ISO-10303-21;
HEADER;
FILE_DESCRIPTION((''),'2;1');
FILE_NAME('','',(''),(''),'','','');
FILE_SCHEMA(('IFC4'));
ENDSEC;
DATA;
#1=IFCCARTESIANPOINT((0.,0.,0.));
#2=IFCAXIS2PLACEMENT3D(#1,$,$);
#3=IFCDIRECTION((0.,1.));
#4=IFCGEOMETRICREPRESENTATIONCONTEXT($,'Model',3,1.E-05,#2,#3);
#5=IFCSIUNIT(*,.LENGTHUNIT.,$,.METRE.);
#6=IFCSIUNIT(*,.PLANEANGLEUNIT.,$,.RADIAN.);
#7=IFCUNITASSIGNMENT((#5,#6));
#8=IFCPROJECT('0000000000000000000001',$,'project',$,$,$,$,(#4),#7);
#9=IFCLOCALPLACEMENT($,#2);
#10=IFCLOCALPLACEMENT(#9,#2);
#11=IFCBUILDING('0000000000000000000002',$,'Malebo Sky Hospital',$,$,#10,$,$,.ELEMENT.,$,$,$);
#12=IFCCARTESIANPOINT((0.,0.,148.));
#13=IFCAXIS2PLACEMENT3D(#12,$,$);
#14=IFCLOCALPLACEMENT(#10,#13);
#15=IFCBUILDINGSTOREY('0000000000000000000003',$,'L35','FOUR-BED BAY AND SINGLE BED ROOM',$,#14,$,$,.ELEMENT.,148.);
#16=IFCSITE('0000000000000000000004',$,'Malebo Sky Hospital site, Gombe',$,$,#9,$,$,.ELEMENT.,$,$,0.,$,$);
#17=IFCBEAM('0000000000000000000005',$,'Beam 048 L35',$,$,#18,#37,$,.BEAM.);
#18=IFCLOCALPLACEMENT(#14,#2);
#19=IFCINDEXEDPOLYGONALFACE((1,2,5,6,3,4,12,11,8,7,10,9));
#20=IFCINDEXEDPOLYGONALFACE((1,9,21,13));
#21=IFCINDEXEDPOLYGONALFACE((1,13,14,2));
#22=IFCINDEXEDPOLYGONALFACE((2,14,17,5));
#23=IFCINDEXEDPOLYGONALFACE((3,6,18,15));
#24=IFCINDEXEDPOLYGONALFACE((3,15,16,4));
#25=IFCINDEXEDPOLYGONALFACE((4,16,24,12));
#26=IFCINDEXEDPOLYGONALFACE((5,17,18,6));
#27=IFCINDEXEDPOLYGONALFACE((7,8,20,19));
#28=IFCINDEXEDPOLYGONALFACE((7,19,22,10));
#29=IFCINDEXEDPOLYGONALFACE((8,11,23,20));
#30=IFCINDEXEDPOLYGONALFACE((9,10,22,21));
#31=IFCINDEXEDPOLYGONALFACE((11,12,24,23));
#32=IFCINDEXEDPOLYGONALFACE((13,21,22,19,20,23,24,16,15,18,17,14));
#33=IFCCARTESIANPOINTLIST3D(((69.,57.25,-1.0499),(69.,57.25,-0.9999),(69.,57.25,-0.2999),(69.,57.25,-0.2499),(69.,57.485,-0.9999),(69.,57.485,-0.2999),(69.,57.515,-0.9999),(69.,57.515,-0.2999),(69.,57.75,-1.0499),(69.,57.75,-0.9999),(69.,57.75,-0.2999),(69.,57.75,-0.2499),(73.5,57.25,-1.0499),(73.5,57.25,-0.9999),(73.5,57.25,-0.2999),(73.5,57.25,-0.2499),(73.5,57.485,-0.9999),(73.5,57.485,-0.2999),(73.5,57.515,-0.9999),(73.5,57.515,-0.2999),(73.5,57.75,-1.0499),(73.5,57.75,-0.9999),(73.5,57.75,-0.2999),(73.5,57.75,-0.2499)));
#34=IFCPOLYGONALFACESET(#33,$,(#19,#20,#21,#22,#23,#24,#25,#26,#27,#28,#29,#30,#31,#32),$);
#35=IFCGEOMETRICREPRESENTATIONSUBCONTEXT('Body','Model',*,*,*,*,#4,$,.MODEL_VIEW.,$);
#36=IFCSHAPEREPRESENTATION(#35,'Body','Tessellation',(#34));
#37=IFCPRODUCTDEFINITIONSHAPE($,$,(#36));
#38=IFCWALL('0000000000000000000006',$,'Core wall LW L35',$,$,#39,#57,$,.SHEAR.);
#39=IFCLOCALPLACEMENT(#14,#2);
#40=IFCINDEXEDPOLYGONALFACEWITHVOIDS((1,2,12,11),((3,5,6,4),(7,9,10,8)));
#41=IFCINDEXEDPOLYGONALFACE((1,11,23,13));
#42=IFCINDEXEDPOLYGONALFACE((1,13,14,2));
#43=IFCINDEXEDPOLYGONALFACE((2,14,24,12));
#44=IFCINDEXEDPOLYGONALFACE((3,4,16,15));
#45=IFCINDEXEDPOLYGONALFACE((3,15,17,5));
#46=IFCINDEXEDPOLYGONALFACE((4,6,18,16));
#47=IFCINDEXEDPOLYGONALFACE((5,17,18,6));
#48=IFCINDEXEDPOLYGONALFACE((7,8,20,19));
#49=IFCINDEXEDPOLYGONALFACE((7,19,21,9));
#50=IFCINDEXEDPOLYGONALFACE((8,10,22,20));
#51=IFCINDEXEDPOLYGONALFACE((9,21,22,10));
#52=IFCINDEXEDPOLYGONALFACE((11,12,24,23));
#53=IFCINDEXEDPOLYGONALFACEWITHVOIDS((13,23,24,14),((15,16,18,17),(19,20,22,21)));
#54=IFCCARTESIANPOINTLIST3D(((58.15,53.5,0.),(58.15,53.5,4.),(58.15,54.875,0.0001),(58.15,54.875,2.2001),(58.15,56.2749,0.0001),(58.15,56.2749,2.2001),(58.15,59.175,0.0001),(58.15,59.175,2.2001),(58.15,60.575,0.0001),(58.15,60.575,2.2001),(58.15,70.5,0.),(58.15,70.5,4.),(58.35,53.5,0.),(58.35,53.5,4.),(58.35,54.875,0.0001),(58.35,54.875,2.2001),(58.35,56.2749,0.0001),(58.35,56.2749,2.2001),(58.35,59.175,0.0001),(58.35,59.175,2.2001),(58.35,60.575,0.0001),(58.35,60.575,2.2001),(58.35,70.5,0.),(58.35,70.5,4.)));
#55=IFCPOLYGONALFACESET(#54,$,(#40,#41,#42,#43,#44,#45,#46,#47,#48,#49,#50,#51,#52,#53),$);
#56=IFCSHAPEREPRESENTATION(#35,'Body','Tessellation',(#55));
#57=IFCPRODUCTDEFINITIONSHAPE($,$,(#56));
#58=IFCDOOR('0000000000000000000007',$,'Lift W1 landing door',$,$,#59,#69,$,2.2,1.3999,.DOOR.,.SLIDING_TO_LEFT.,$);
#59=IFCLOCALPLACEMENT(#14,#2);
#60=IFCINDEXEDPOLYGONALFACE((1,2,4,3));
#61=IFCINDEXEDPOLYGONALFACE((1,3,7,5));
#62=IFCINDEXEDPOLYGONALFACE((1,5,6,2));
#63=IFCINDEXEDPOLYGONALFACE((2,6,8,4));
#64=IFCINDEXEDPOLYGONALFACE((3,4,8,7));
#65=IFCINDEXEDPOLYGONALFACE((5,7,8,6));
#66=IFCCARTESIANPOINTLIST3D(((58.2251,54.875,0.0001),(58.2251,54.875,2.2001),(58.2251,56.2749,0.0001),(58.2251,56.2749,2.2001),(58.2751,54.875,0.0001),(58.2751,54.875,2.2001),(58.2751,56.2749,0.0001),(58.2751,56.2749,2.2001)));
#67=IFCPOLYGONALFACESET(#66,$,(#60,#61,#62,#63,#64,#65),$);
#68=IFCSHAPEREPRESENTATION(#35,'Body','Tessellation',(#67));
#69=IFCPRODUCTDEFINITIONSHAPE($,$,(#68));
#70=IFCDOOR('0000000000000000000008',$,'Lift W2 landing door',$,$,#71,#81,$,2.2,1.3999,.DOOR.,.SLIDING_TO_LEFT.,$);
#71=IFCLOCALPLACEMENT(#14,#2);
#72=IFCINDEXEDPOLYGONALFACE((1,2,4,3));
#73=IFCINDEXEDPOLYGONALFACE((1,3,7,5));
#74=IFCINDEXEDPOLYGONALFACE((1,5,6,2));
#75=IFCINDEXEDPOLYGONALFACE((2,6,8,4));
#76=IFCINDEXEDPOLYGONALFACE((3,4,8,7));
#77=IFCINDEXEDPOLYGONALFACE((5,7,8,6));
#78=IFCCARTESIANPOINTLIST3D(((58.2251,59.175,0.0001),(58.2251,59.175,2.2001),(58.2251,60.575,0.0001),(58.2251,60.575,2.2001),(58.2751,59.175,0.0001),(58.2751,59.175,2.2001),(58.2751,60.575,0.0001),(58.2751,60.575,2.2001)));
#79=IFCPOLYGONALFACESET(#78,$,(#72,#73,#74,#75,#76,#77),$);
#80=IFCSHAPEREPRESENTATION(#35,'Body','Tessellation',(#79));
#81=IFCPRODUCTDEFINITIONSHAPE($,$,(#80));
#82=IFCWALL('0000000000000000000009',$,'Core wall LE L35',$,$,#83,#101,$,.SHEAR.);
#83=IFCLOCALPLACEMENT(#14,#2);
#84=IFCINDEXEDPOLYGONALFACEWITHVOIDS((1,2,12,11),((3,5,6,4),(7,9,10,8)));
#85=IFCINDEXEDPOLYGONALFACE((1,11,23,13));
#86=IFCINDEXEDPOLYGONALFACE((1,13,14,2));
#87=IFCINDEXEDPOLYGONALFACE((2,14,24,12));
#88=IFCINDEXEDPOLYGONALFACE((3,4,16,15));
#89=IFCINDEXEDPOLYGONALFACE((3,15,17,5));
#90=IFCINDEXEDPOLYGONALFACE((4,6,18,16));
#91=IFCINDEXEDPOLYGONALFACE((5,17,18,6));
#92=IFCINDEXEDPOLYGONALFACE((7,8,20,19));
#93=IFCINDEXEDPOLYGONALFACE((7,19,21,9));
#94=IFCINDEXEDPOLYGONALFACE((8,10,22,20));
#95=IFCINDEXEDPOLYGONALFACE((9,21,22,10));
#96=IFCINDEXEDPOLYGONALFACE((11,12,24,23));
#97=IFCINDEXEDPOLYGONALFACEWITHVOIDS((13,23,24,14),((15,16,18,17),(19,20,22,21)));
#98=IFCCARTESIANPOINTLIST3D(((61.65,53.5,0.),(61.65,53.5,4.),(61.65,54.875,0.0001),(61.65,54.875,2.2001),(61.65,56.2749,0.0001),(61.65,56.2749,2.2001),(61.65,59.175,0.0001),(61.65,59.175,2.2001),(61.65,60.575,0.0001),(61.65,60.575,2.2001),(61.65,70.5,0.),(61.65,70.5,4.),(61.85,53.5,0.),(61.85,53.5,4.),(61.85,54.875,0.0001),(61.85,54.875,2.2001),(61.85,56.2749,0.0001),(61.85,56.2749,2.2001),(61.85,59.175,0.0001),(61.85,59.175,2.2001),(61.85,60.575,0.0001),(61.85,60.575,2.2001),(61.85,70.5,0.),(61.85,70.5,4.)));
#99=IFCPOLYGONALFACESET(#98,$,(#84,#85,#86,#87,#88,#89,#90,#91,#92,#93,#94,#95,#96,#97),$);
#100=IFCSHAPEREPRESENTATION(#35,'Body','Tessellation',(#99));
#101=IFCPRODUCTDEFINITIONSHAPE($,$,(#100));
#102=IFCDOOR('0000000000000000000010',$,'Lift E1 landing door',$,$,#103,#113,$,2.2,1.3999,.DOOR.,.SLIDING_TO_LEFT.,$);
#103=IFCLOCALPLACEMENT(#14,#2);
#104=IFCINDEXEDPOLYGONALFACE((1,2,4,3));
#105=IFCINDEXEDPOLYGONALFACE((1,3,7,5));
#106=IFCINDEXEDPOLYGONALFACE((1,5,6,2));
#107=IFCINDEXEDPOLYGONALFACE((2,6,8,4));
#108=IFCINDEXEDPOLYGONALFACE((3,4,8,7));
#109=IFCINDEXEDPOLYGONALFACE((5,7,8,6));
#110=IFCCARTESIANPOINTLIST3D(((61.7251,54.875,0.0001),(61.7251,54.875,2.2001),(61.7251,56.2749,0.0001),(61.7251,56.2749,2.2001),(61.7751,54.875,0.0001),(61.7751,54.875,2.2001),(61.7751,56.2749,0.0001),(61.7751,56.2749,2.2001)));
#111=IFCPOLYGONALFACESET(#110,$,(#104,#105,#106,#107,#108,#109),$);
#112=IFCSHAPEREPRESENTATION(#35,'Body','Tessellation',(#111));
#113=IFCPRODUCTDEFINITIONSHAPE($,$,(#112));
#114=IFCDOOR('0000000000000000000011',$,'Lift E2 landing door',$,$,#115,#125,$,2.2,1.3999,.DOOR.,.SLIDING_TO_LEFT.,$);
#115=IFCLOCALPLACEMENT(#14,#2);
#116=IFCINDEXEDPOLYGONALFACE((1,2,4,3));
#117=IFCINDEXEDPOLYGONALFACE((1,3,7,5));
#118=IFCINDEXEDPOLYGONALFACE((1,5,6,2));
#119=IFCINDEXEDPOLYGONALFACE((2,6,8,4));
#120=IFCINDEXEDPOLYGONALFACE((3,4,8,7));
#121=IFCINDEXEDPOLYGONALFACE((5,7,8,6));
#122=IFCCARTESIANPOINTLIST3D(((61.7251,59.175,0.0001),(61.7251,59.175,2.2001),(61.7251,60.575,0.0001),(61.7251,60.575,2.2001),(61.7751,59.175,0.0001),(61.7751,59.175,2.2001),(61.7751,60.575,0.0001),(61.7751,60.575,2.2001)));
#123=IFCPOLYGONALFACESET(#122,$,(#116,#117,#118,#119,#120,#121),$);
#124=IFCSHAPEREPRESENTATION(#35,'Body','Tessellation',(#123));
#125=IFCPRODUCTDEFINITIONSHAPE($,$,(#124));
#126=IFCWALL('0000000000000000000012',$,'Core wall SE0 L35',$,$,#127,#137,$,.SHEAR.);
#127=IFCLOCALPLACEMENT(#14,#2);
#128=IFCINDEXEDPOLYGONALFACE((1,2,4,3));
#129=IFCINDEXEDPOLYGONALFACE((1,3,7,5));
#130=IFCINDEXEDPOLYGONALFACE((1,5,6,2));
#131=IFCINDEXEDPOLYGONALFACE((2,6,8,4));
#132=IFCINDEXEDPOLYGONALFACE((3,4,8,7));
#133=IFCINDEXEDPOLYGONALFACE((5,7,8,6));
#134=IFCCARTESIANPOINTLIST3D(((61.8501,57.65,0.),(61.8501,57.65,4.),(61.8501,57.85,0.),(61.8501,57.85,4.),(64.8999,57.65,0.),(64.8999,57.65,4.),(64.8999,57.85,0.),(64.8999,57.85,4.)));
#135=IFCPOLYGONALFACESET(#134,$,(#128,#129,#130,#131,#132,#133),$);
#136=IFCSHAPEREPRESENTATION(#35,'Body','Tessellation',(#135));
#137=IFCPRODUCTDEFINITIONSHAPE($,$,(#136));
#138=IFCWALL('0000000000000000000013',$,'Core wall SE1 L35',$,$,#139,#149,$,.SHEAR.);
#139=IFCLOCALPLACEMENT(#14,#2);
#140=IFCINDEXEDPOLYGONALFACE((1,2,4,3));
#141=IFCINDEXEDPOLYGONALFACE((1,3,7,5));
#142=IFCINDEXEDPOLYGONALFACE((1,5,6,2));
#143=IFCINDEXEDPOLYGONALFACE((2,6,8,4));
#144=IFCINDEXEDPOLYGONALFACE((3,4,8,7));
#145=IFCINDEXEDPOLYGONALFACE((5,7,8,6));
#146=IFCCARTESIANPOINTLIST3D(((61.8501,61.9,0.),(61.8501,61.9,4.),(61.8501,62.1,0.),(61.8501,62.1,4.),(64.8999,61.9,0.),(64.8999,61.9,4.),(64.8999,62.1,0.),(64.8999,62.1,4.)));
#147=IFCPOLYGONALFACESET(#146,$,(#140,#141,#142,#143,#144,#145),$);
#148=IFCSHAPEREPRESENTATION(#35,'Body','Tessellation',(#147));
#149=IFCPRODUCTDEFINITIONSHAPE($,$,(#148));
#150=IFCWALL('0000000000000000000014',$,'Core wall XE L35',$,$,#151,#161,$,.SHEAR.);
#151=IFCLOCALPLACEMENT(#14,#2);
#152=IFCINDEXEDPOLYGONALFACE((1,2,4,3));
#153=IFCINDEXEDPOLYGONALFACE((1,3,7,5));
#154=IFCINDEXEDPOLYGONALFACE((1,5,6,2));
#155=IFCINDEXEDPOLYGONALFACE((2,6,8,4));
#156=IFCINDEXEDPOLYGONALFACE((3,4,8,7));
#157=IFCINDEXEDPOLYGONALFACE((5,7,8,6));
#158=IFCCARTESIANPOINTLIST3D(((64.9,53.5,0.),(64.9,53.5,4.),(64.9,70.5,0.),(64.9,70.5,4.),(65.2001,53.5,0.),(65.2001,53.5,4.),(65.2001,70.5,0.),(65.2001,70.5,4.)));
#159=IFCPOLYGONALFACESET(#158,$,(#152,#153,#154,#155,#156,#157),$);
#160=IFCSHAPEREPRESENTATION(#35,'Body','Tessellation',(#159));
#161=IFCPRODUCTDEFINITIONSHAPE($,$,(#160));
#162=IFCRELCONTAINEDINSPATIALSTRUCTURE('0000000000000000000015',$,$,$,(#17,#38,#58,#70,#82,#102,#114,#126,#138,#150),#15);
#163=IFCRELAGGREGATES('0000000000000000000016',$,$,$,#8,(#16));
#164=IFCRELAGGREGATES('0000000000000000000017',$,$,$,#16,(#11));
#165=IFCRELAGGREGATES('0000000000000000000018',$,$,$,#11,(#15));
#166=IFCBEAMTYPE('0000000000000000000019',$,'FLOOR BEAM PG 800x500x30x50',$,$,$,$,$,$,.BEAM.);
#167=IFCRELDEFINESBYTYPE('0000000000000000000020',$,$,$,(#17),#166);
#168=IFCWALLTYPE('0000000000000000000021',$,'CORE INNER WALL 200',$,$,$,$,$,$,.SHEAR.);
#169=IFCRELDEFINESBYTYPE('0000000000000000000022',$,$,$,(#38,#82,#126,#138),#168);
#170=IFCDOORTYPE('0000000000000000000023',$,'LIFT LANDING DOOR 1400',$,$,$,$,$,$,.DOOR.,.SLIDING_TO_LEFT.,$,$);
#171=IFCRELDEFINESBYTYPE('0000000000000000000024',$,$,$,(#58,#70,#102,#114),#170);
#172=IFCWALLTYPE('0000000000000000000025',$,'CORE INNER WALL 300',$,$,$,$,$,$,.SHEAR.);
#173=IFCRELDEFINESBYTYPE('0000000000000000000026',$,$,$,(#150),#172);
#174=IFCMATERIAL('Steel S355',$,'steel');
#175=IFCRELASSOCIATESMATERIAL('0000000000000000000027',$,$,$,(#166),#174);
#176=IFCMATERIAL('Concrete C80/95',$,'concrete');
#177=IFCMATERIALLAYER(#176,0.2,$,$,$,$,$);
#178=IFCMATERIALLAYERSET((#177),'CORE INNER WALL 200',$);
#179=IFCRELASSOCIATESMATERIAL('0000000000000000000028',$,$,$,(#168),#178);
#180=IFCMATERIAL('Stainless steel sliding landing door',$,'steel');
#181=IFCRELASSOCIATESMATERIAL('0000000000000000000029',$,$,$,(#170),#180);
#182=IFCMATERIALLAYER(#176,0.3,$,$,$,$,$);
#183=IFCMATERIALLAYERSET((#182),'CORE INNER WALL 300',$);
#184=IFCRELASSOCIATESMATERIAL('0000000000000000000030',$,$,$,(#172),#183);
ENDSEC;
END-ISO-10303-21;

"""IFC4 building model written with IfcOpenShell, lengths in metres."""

from ifc_helpers import new_model, si_unit, direction, frame, frame_2d, origin, origin_2d, place, context, subcontext, project, spatial, rectangle, i_section, extrude, material, layer, layer_set, material_profile, profile_set, type_object, element, fill, save


model = new_model("IFC4")

# Units and contexts
model_context = context("Model", 3, precision=1e-05, world=origin(), true_north=direction((0.0, 1.0)))
body_context = subcontext(model_context, "Body", "Model", "MODEL_VIEW")
ifc_project = project(units=[si_unit("LENGTHUNIT", "METRE"), si_unit("PLANEANGLEUNIT", "RADIAN")], contexts=[model_context])

# Site, building, storey
site_placement = place(None, origin())
site = spatial("IfcSite", under=ifc_project, at=site_placement, Name="Malebo Sky Hospital site, Gombe", CompositionType="ELEMENT", RefElevation=0.0)
building_placement = place(site_placement, origin())
building = spatial("IfcBuilding", under=site, at=building_placement, Name="Malebo Sky Hospital", CompositionType="ELEMENT")
storey_placement = place(building_placement, frame((0.0, 0.0, 148.0)))
storey = spatial("IfcBuildingStorey", under=building, at=storey_placement, Name="L35", Description="FOUR-BED BAY AND SINGLE BED ROOM", CompositionType="ELEMENT", Elevation=148.0)

# Beam
ifc_material_1 = material(Name="Steel S355", Category="steel")
ifc_material_profile = material_profile(ifc_material_1, i_section(OverallWidth=0.5, OverallDepth=0.8, WebThickness=0.03, FlangeThickness=0.05, at=origin_2d()), Name="PG 800x500x30x50")
ifc_profile_set = profile_set([ifc_material_profile], Name="Steel S355")
beam_type = type_object("IfcBeamType", Name="FLOOR BEAM PG 800x500x30x50", PredefinedType="BEAM", material=ifc_profile_set)
beam_placement = place(storey_placement, frame((69.0, 57.5, -0.6499), z_axis=(1.0, 0.0, 0.0), x_axis=(0.0, 1.0, 0.0)))
element("IfcBeam", 1, at=beam_placement, inside=storey, type_object=beam_type, Name="Beam 048 L35", PredefinedType="BEAM", context=body_context, shape_type="SweptSolid", body=[
    extrude(i_section(OverallWidth=0.5, OverallDepth=0.8, WebThickness=0.03, FlangeThickness=0.05, at=origin_2d()), origin(), (0.0, 0.0, 1.0), 4.5),
])

# Walls, openings, doors
ifc_material_2 = material(Name="Concrete C80/95", Category="concrete")
ifc_layer_1 = layer(ifc_material_2, 0.2)
ifc_layer_set_1 = layer_set([ifc_layer_1], Name="CORE INNER WALL 200")
wall_type_1 = type_object("IfcWallType", Name="CORE INNER WALL 200", PredefinedType="SHEAR", material=ifc_layer_set_1)
wall_1_placement = place(storey_placement, frame((58.25, 53.5, 0.0), z_axis=(0.0, 0.0, 1.0), x_axis=(0.0, 1.0, 0.0)))
wall_1 = element("IfcWall", 2, at=wall_1_placement, inside=storey, type_object=wall_type_1, Name="Core wall LW L35", PredefinedType="SHEAR", context=body_context, shape_type="SweptSolid", body=[
    extrude(rectangle(XDim=17.0, YDim=0.2, at=frame_2d((8.5, 0.0))), origin(), (0.0, 0.0, 1.0), 4.0),
])
opening_1_placement = place(wall_1_placement, frame((1.375, 0.0, 0.0)))
opening_1 = element("IfcOpeningElement", 3, at=opening_1_placement, cuts=wall_1, PredefinedType="OPENING", context=body_context, shape_type="SweptSolid", body=[
    extrude(rectangle(XDim=1.3999, YDim=2.2, at=frame_2d((0.7, 1.1001))), frame((0.0, 0.1099, 0.0), z_axis=(0.0, -1.0, 0.0), x_axis=(1.0, 0.0, 0.0)), (0.0, 0.0, 1.0), 0.22),
])
opening_2_placement = place(wall_1_placement, frame((5.675, 0.0, 0.0)))
opening_2 = element("IfcOpeningElement", 4, at=opening_2_placement, cuts=wall_1, PredefinedType="OPENING", context=body_context, shape_type="SweptSolid", body=[
    extrude(rectangle(XDim=1.3999, YDim=2.2, at=frame_2d((0.7, 1.1001))), frame((0.0, 0.1099, 0.0), z_axis=(0.0, -1.0, 0.0), x_axis=(1.0, 0.0, 0.0)), (0.0, 0.0, 1.0), 0.22),
])
ifc_material_3 = material(Name="Stainless steel sliding landing door", Category="steel")
door_type_1 = type_object("IfcDoorType", Name="LIFT LANDING DOOR 1400", OperationType="SLIDING_TO_LEFT", PredefinedType="DOOR", material=ifc_material_3)
door_1_placement = place(opening_1_placement, origin())
door_1 = element("IfcDoor", 5, at=door_1_placement, inside=storey, type_object=door_type_1, Name="Lift W1 landing door", OperationType="SLIDING_TO_LEFT", OverallHeight=2.2, OverallWidth=1.3999, PredefinedType="DOOR", context=body_context, shape_type="SweptSolid", body=[
    extrude(rectangle(XDim=1.3999, YDim=2.2, at=frame_2d((0.7, 1.1001))), frame((0.0, 0.0249, 0.0), z_axis=(0.0, -1.0, 0.0), x_axis=(1.0, 0.0, 0.0)), (0.0, 0.0, 1.0), 0.05),
])
fill(opening_1, door_1)
door_2_placement = place(opening_2_placement, origin())
door_2 = element("IfcDoor", 6, at=door_2_placement, inside=storey, type_object=door_type_1, Name="Lift W2 landing door", OperationType="SLIDING_TO_LEFT", OverallHeight=2.2, OverallWidth=1.3999, PredefinedType="DOOR", context=body_context, shape_type="SweptSolid", body=[
    extrude(rectangle(XDim=1.3999, YDim=2.2, at=frame_2d((0.7, 1.1001))), frame((0.0, 0.0249, 0.0), z_axis=(0.0, -1.0, 0.0), x_axis=(1.0, 0.0, 0.0)), (0.0, 0.0, 1.0), 0.05),
])
fill(opening_2, door_2)
wall_2_placement = place(storey_placement, frame((61.75, 53.5, 0.0), z_axis=(0.0, 0.0, 1.0), x_axis=(0.0, 1.0, 0.0)))
wall_2 = element("IfcWall", 7, at=wall_2_placement, inside=storey, type_object=wall_type_1, Name="Core wall LE L35", PredefinedType="SHEAR", context=body_context, shape_type="SweptSolid", body=[
    extrude(rectangle(XDim=17.0, YDim=0.2, at=frame_2d((8.5, 0.0))), origin(), (0.0, 0.0, 1.0), 4.0),
])
opening_3_placement = place(wall_2_placement, frame((1.375, 0.0, 0.0)))
opening_3 = element("IfcOpeningElement", 8, at=opening_3_placement, cuts=wall_2, PredefinedType="OPENING", context=body_context, shape_type="SweptSolid", body=[
    extrude(rectangle(XDim=1.3999, YDim=2.2, at=frame_2d((0.7, 1.1001))), frame((0.0, 0.1099, 0.0), z_axis=(0.0, -1.0, 0.0), x_axis=(1.0, 0.0, 0.0)), (0.0, 0.0, 1.0), 0.22),
])
opening_4_placement = place(wall_2_placement, frame((5.675, 0.0, 0.0)))
opening_4 = element("IfcOpeningElement", 9, at=opening_4_placement, cuts=wall_2, PredefinedType="OPENING", context=body_context, shape_type="SweptSolid", body=[
    extrude(rectangle(XDim=1.3999, YDim=2.2, at=frame_2d((0.7, 1.1001))), frame((0.0, 0.1099, 0.0), z_axis=(0.0, -1.0, 0.0), x_axis=(1.0, 0.0, 0.0)), (0.0, 0.0, 1.0), 0.22),
])
door_3_placement = place(opening_3_placement, origin())
door_3 = element("IfcDoor", 10, at=door_3_placement, inside=storey, type_object=door_type_1, Name="Lift E1 landing door", OperationType="SLIDING_TO_LEFT", OverallHeight=2.2, OverallWidth=1.3999, PredefinedType="DOOR", context=body_context, shape_type="SweptSolid", body=[
    extrude(rectangle(XDim=1.3999, YDim=2.2, at=frame_2d((0.7, 1.1001))), frame((0.0, 0.0249, 0.0), z_axis=(0.0, -1.0, 0.0), x_axis=(1.0, 0.0, 0.0)), (0.0, 0.0, 1.0), 0.05),
])
fill(opening_3, door_3)
door_4_placement = place(opening_4_placement, origin())
door_4 = element("IfcDoor", 11, at=door_4_placement, inside=storey, type_object=door_type_1, Name="Lift E2 landing door", OperationType="SLIDING_TO_LEFT", OverallHeight=2.2, OverallWidth=1.3999, PredefinedType="DOOR", context=body_context, shape_type="SweptSolid", body=[
    extrude(rectangle(XDim=1.3999, YDim=2.2, at=frame_2d((0.7, 1.1001))), frame((0.0, 0.0249, 0.0), z_axis=(0.0, -1.0, 0.0), x_axis=(1.0, 0.0, 0.0)), (0.0, 0.0, 1.0), 0.05),
])
fill(opening_4, door_4)

# Walls
for number, where, z_axis, x_axis, name in (
    (12, (61.8501, 57.75, 0.0), (0.0, 0.0, 1.0), (1.0, 0.0, 0.0), "Core wall SE0 L35"),
    (13, (61.8501, 62.0, 0.0), (0.0, 0.0, 1.0), (1.0, 0.0, 0.0), "Core wall SE1 L35"),
):
    element("IfcWall", number, at=place(storey_placement, frame(where, z_axis=z_axis, x_axis=x_axis)), inside=storey, type_object=wall_type_1, Name=name, PredefinedType="SHEAR", context=body_context, shape_type="SweptSolid", body=[
        extrude(rectangle(XDim=3.0498, YDim=0.2, at=frame_2d((1.5249, 0.0))), origin(), (0.0, 0.0, 1.0), 4.0),
    ])
ifc_layer_2 = layer(ifc_material_2, 0.3)
ifc_layer_set_2 = layer_set([ifc_layer_2], Name="CORE INNER WALL 300")
wall_type_2 = type_object("IfcWallType", Name="CORE INNER WALL 300", PredefinedType="SHEAR", material=ifc_layer_set_2)
wall_3_placement = place(storey_placement, frame((65.05, 53.5, 0.0), z_axis=(0.0, 0.0, 1.0), x_axis=(0.0, 1.0, 0.0)))
element("IfcWall", 14, at=wall_3_placement, inside=storey, type_object=wall_type_2, Name="Core wall XE L35", PredefinedType="SHEAR", context=body_context, shape_type="SweptSolid", body=[
    extrude(rectangle(XDim=17.0, YDim=0.3, at=frame_2d((8.5, 0.0))), origin(), (0.0, 0.0, 1.0), 4.0),
])

save(model, "model.ifc")
